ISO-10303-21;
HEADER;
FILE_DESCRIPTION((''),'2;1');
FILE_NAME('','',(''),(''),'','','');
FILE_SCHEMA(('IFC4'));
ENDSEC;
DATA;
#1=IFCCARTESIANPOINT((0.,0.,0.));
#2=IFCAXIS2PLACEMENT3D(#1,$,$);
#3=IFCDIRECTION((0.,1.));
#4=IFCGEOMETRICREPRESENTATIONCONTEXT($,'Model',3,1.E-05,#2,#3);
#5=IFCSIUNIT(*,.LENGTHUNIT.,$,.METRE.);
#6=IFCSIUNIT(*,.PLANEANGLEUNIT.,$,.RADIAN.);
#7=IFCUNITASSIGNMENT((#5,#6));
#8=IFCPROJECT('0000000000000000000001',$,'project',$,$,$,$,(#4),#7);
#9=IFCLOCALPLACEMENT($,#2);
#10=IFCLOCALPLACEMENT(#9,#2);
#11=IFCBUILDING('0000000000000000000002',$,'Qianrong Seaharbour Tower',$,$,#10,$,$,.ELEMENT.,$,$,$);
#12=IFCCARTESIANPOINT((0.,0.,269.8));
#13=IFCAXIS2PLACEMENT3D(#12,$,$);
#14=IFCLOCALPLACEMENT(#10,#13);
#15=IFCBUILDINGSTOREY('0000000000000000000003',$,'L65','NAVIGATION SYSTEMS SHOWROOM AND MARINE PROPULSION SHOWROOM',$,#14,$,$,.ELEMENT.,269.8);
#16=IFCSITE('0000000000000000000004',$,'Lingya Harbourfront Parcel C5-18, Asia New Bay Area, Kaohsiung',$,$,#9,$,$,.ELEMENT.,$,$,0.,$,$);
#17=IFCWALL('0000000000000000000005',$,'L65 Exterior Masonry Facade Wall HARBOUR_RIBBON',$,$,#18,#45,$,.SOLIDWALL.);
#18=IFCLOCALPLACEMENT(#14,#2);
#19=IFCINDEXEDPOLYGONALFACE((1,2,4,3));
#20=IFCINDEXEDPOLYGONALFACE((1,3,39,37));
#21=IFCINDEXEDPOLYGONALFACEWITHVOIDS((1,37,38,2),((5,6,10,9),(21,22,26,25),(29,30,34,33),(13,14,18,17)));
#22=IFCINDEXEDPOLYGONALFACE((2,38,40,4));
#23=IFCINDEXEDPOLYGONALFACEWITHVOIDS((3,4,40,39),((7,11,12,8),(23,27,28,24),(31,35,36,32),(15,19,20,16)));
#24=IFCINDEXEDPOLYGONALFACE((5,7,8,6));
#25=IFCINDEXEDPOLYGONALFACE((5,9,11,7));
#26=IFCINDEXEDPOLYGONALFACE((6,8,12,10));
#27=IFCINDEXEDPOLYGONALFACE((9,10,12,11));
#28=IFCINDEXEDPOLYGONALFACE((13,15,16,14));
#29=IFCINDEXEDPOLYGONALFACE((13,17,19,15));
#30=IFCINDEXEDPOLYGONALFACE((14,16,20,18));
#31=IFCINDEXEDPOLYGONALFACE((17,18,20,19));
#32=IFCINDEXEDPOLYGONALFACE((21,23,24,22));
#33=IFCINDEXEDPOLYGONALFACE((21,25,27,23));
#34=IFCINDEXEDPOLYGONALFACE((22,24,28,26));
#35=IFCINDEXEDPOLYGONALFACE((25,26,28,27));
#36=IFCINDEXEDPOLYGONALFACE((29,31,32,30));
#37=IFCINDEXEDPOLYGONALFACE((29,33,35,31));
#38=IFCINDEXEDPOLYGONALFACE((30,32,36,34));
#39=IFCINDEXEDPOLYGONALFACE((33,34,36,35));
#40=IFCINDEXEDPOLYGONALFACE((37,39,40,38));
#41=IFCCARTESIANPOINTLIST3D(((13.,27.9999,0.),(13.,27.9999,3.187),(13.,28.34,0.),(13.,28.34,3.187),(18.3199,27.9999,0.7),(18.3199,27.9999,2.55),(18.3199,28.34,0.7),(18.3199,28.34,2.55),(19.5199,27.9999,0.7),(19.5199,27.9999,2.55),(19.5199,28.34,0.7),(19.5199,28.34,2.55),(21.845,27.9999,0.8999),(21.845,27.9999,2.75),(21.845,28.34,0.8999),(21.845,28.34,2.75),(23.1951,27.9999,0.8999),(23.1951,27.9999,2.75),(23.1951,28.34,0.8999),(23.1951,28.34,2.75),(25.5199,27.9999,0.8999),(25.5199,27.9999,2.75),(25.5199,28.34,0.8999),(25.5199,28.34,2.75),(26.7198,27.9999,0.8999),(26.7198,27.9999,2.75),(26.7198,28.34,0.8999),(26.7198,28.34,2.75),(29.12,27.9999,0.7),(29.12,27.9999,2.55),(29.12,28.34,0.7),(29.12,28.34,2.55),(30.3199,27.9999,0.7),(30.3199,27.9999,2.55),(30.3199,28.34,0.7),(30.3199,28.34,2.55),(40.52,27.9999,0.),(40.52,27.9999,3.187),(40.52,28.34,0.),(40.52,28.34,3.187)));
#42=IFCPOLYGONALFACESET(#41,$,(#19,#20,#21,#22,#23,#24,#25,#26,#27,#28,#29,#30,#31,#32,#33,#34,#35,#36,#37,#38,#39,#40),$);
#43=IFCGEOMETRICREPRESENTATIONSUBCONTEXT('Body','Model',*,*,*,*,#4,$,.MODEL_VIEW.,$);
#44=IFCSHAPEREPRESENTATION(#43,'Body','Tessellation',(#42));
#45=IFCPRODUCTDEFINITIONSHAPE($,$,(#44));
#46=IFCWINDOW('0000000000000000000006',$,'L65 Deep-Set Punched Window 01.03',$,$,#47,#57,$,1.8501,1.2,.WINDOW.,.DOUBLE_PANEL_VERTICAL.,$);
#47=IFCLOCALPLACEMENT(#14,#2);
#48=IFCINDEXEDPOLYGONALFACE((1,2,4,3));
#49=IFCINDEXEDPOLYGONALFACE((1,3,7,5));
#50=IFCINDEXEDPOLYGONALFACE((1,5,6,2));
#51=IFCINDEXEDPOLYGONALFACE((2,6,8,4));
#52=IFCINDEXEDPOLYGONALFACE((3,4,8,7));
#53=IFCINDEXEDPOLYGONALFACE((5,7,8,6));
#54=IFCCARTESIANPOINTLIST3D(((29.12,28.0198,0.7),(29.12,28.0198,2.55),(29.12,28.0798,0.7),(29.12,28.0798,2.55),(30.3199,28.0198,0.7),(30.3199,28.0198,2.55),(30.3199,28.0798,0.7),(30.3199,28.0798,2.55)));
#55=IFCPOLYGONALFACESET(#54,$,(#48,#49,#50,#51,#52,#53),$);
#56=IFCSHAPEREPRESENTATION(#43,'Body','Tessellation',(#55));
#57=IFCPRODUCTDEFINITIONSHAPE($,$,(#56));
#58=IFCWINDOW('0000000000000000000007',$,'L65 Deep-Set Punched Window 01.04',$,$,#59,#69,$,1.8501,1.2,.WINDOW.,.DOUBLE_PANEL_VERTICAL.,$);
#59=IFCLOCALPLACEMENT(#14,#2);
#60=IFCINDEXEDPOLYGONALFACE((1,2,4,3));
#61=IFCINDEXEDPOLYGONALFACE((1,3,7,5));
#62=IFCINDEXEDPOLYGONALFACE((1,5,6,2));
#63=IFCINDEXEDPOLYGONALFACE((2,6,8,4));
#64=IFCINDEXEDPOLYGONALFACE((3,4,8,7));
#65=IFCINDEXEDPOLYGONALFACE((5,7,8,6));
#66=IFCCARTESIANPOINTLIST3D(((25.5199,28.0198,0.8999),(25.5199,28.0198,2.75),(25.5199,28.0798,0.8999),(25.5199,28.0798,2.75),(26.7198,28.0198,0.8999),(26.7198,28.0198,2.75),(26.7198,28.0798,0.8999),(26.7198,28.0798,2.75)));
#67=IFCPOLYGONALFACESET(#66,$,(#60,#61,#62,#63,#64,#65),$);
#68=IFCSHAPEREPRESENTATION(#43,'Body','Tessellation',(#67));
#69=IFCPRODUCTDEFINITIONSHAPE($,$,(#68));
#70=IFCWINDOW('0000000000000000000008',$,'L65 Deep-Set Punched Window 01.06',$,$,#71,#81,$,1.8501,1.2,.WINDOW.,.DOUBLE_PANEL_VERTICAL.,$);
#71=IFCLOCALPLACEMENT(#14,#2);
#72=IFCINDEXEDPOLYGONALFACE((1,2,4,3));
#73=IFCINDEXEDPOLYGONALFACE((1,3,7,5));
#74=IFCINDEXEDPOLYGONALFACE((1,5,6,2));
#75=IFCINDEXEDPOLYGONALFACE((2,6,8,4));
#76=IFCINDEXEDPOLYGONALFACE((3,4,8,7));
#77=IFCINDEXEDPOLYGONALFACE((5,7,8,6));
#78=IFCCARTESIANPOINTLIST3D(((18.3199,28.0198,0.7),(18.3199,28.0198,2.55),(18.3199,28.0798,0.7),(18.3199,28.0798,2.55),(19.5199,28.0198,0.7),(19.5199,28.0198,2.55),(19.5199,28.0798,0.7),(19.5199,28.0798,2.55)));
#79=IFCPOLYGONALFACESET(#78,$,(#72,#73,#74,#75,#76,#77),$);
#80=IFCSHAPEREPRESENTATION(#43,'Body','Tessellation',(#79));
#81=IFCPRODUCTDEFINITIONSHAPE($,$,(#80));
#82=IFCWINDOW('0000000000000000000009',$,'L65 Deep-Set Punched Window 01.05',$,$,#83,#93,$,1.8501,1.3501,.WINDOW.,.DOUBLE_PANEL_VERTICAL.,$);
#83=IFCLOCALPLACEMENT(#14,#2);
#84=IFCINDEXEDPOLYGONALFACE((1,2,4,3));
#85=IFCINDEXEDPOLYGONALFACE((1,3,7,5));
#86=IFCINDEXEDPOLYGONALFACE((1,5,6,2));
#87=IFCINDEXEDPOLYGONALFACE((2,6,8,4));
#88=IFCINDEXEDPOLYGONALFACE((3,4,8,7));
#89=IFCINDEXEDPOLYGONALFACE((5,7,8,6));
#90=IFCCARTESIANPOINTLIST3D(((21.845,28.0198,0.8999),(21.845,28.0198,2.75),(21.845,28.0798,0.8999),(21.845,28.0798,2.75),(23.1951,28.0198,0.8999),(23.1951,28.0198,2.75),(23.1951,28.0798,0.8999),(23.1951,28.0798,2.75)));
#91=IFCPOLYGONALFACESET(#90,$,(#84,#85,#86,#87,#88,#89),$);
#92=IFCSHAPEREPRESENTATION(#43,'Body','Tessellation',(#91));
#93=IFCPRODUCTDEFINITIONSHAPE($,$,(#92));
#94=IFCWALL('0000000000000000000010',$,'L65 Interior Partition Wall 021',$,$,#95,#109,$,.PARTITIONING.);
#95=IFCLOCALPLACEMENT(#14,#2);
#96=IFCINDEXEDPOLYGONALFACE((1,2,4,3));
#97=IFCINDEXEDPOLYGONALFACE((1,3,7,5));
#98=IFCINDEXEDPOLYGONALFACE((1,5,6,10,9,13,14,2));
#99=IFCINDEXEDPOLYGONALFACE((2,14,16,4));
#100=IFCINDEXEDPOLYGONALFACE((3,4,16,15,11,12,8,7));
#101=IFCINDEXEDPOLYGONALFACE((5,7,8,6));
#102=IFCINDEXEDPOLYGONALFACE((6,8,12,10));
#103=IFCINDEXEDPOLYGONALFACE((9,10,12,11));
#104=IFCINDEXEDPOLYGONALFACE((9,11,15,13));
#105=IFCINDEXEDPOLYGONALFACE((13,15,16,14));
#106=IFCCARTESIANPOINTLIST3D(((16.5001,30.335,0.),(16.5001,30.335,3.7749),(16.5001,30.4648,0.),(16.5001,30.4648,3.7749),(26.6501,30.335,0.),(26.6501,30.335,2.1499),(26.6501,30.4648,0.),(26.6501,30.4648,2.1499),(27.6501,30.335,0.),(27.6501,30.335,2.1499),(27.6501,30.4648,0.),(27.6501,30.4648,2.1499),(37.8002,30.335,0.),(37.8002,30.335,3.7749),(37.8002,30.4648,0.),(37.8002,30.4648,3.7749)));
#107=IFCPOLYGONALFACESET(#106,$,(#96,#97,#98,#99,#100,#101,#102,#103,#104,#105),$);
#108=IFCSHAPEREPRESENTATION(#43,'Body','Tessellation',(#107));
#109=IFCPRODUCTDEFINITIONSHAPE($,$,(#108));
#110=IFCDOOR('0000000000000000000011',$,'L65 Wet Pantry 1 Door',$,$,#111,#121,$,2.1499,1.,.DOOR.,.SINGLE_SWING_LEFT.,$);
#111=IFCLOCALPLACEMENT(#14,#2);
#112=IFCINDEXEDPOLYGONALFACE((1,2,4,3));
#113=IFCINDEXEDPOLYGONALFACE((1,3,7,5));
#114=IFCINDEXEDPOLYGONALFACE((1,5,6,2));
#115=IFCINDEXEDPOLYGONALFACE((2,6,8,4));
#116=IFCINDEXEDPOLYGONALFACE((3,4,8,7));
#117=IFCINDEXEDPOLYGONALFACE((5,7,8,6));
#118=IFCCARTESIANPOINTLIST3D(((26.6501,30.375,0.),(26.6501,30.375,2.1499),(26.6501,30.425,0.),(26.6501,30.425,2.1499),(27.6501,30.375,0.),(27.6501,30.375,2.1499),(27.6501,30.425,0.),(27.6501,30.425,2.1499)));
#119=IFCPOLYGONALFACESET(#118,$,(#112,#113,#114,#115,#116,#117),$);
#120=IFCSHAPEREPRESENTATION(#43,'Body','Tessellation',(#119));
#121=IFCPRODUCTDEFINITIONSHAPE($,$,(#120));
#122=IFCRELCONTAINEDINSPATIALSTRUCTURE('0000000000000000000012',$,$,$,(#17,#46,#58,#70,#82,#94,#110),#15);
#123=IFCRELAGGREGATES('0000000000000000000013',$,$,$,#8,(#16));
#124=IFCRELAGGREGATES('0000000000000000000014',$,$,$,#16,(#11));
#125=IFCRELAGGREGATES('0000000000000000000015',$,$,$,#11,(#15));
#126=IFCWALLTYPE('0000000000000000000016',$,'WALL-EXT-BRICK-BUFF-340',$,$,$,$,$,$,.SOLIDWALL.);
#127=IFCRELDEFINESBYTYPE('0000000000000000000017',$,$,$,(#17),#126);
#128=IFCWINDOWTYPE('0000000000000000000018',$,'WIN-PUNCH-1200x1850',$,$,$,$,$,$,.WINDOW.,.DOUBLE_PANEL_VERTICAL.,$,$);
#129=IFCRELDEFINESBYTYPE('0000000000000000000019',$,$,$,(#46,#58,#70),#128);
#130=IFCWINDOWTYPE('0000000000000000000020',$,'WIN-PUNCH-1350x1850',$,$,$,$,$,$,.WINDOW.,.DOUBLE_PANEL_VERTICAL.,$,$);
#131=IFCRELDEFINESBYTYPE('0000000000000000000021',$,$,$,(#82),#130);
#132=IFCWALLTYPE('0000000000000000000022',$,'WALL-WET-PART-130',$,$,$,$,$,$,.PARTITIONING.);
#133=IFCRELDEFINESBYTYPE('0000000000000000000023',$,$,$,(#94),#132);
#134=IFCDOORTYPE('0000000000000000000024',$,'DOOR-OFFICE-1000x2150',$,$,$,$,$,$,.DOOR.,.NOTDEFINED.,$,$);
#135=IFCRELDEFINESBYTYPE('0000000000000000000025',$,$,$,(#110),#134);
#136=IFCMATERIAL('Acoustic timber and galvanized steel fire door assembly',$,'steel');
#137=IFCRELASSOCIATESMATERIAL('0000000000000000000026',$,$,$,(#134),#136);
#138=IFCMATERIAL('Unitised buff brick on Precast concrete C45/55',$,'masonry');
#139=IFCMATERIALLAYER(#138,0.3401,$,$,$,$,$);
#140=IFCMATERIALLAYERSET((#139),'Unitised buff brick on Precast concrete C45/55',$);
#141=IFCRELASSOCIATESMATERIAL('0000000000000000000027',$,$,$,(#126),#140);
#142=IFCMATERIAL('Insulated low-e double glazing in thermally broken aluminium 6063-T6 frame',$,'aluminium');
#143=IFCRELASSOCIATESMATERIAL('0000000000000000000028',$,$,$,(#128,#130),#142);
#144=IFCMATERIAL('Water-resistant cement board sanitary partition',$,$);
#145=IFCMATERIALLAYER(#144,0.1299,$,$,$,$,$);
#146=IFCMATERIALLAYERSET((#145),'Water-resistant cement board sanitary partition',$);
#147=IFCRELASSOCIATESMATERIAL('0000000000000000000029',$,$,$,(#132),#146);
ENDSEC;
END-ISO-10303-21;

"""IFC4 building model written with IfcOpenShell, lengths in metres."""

from ifc_helpers import new_model, si_unit, direction, frame, frame_2d, origin, place, context, subcontext, project, spatial, rectangle, extrude, material, layer, layer_set, type_object, element, fill, save


model = new_model("IFC4")

# Units and contexts
model_context = context("Model", 3, precision=1e-05, world=origin(), true_north=direction((0.0, 1.0)))
body_context = subcontext(model_context, "Body", "Model", "MODEL_VIEW")
ifc_project = project(units=[si_unit("LENGTHUNIT", "METRE"), si_unit("PLANEANGLEUNIT", "RADIAN")], contexts=[model_context])

# Site, building, storey
site_placement = place(None, origin())
site = spatial("IfcSite", under=ifc_project, at=site_placement, Name="Lingya Harbourfront Parcel C5-18, Asia New Bay Area, Kaohsiung", CompositionType="ELEMENT", RefElevation=0.0)
building_placement = place(site_placement, origin())
building = spatial("IfcBuilding", under=site, at=building_placement, Name="Qianrong Seaharbour Tower", CompositionType="ELEMENT")
storey_placement = place(building_placement, frame((0.0, 0.0, 269.8)))
storey = spatial("IfcBuildingStorey", under=building, at=storey_placement, Name="L65", Description="NAVIGATION SYSTEMS SHOWROOM AND MARINE PROPULSION SHOWROOM", CompositionType="ELEMENT", Elevation=269.8)

# Shared definitions
ifc_material_1 = material(Name="Acoustic timber and galvanized steel fire door assembly", Category="steel")
door_type = type_object("IfcDoorType", Name="DOOR-OFFICE-1000x2150", OperationType="NOTDEFINED", PredefinedType="DOOR", material=ifc_material_1)

# Wall, openings, windows
ifc_material_2 = material(Name="Unitised buff brick on Precast concrete C45/55", Category="masonry")
ifc_layer_1 = layer(ifc_material_2, 0.3401)
ifc_layer_set_1 = layer_set([ifc_layer_1], Name="Unitised buff brick on Precast concrete C45/55")
wall_type_1 = type_object("IfcWallType", Name="WALL-EXT-BRICK-BUFF-340", PredefinedType="SOLIDWALL", material=ifc_layer_set_1)
ifc_material_3 = material(Name="Insulated low-e double glazing in thermally broken aluminium 6063-T6 frame", Category="aluminium")
window_type_1 = type_object("IfcWindowType", Name="WIN-PUNCH-1200x1850", PartitioningType="DOUBLE_PANEL_VERTICAL", PredefinedType="WINDOW", material=ifc_material_3)
wall_1_placement = place(storey_placement, frame((40.52, 28.1699, 0.0), z_axis=(0.0, 0.0, 1.0), x_axis=(-1.0, 0.0, 0.0)))
wall_1 = element("IfcWall", 1, at=wall_1_placement, inside=storey, type_object=wall_type_1, Name="L65 Exterior Masonry Facade Wall HARBOUR_RIBBON", PredefinedType="SOLIDWALL", context=body_context, shape_type="SweptSolid", body=[
    extrude(rectangle(XDim=27.52, YDim=0.3401, at=frame_2d((13.76, 0.0))), origin(), (0.0, 0.0, 1.0), 3.187),
])
opening_1_placement = place(wall_1_placement, frame((10.2, 0.0, 0.7)))
opening_1 = element("IfcOpeningElement", 2, at=opening_1_placement, cuts=wall_1, PredefinedType="OPENING", context=body_context, shape_type="SweptSolid", body=[
    extrude(rectangle(XDim=1.2, YDim=1.8501, at=frame_2d((0.6001, 0.925))), frame((0.0, 0.1802, 0.0), z_axis=(0.0, -1.0, 0.0), x_axis=(1.0, 0.0, 0.0)), (0.0, 0.0, 1.0), 0.3601),
])
opening_2_placement = place(wall_1_placement, frame((13.8, 0.0, 0.8999)))
opening_2 = element("IfcOpeningElement", 3, at=opening_2_placement, cuts=wall_1, PredefinedType="OPENING", context=body_context, shape_type="SweptSolid", body=[
    extrude(rectangle(XDim=1.2, YDim=1.8501, at=frame_2d((0.6001, 0.925))), frame((0.0, 0.1802, 0.0), z_axis=(0.0, -1.0, 0.0), x_axis=(1.0, 0.0, 0.0)), (0.0, 0.0, 1.0), 0.3601),
])
opening_3_placement = place(wall_1_placement, frame((17.325, 0.0, 0.8999)))
opening_3 = element("IfcOpeningElement", 4, at=opening_3_placement, cuts=wall_1, PredefinedType="OPENING", context=body_context, shape_type="SweptSolid", body=[
    extrude(rectangle(XDim=1.3501, YDim=1.8501, at=frame_2d((0.675, 0.925))), frame((0.0, 0.1802, 0.0), z_axis=(0.0, -1.0, 0.0), x_axis=(1.0, 0.0, 0.0)), (0.0, 0.0, 1.0), 0.3601),
])
opening_4_placement = place(wall_1_placement, frame((21.0, 0.0, 0.7)))
opening_4 = element("IfcOpeningElement", 5, at=opening_4_placement, cuts=wall_1, PredefinedType="OPENING", context=body_context, shape_type="SweptSolid", body=[
    extrude(rectangle(XDim=1.2, YDim=1.8501, at=frame_2d((0.6001, 0.925))), frame((0.0, 0.1802, 0.0), z_axis=(0.0, -1.0, 0.0), x_axis=(1.0, 0.0, 0.0)), (0.0, 0.0, 1.0), 0.3601),
])
window_1_placement = place(opening_1_placement, origin())
window_1 = element("IfcWindow", 6, at=window_1_placement, inside=storey, type_object=window_type_1, Name="L65 Deep-Set Punched Window 01.03", OverallHeight=1.8501, OverallWidth=1.2, PartitioningType="DOUBLE_PANEL_VERTICAL", PredefinedType="WINDOW", context=body_context, shape_type="SweptSolid", body=[
    extrude(rectangle(XDim=1.2, YDim=1.8501, at=frame_2d((0.6001, 0.925))), frame((0.0, 0.1501, 0.0), z_axis=(0.0, -1.0, 0.0), x_axis=(1.0, 0.0, 0.0)), (0.0, 0.0, 1.0), 0.0601),
])
fill(opening_1, window_1)
window_2_placement = place(opening_2_placement, origin())
window_2 = element("IfcWindow", 7, at=window_2_placement, inside=storey, type_object=window_type_1, Name="L65 Deep-Set Punched Window 01.04", OverallHeight=1.8501, OverallWidth=1.2, PartitioningType="DOUBLE_PANEL_VERTICAL", PredefinedType="WINDOW", context=body_context, shape_type="SweptSolid", body=[
    extrude(rectangle(XDim=1.2, YDim=1.8501, at=frame_2d((0.6001, 0.925))), frame((0.0, 0.1501, 0.0), z_axis=(0.0, -1.0, 0.0), x_axis=(1.0, 0.0, 0.0)), (0.0, 0.0, 1.0), 0.0601),
])
fill(opening_2, window_2)
window_3_placement = place(opening_4_placement, origin())
window_3 = element("IfcWindow", 8, at=window_3_placement, inside=storey, type_object=window_type_1, Name="L65 Deep-Set Punched Window 01.06", OverallHeight=1.8501, OverallWidth=1.2, PartitioningType="DOUBLE_PANEL_VERTICAL", PredefinedType="WINDOW", context=body_context, shape_type="SweptSolid", body=[
    extrude(rectangle(XDim=1.2, YDim=1.8501, at=frame_2d((0.6001, 0.925))), frame((0.0, 0.1501, 0.0), z_axis=(0.0, -1.0, 0.0), x_axis=(1.0, 0.0, 0.0)), (0.0, 0.0, 1.0), 0.0601),
])
fill(opening_4, window_3)
window_type_2 = type_object("IfcWindowType", Name="WIN-PUNCH-1350x1850", PartitioningType="DOUBLE_PANEL_VERTICAL", PredefinedType="WINDOW", material=ifc_material_3)
window_4_placement = place(opening_3_placement, origin())
window_4 = element("IfcWindow", 9, at=window_4_placement, inside=storey, type_object=window_type_2, Name="L65 Deep-Set Punched Window 01.05", OverallHeight=1.8501, OverallWidth=1.3501, PartitioningType="DOUBLE_PANEL_VERTICAL", PredefinedType="WINDOW", context=body_context, shape_type="SweptSolid", body=[
    extrude(rectangle(XDim=1.3501, YDim=1.8501, at=frame_2d((0.675, 0.925))), frame((0.0, 0.1501, 0.0), z_axis=(0.0, -1.0, 0.0), x_axis=(1.0, 0.0, 0.0)), (0.0, 0.0, 1.0), 0.0601),
])
fill(opening_3, window_4)

# Wall, opening, door
ifc_material_4 = material(Name="Water-resistant cement board sanitary partition")
ifc_layer_2 = layer(ifc_material_4, 0.1299)
ifc_layer_set_2 = layer_set([ifc_layer_2], Name="Water-resistant cement board sanitary partition")
wall_type_2 = type_object("IfcWallType", Name="WALL-WET-PART-130", PredefinedType="PARTITIONING", material=ifc_layer_set_2)
wall_2_placement = place(storey_placement, frame((37.8, 30.3999, 0.0), z_axis=(0.0, 0.0, 1.0), x_axis=(-1.0, 0.0, 0.0)))
wall_2 = element("IfcWall", 10, at=wall_2_placement, inside=storey, type_object=wall_type_2, Name="L65 Interior Partition Wall 021", PredefinedType="PARTITIONING", context=body_context, shape_type="SweptSolid", body=[
    extrude(rectangle(XDim=21.3, YDim=0.1299, at=frame_2d((10.6499, 0.0))), origin(), (0.0, 0.0, 1.0), 3.7749),
])
opening_5_placement = place(wall_2_placement, frame((10.1499, 0.0, 0.0)))
opening_5 = element("IfcOpeningElement", 11, at=opening_5_placement, cuts=wall_2, PredefinedType="OPENING", context=body_context, shape_type="SweptSolid", body=[
    extrude(rectangle(XDim=1.0, YDim=2.1499, at=frame_2d((0.5, 1.075))), frame((0.0, 0.075, 0.0), z_axis=(0.0, -1.0, 0.0), x_axis=(1.0, 0.0, 0.0)), (0.0, 0.0, 1.0), 0.1499),
])
door_1_placement = place(opening_5_placement, origin())
door_1 = element("IfcDoor", 12, at=door_1_placement, inside=storey, type_object=door_type, Name="L65 Wet Pantry 1 Door", OperationType="SINGLE_SWING_LEFT", OverallHeight=2.1499, OverallWidth=1.0, PredefinedType="DOOR", context=body_context, shape_type="SweptSolid", body=[
    extrude(rectangle(XDim=1.0, YDim=2.1499, at=frame_2d((0.5, 1.075))), frame((0.0, 0.0249, 0.0), z_axis=(0.0, -1.0, 0.0), x_axis=(1.0, 0.0, 0.0)), (0.0, 0.0, 1.0), 0.05),
])
fill(opening_5, door_1)

save(model, "model.ifc")
